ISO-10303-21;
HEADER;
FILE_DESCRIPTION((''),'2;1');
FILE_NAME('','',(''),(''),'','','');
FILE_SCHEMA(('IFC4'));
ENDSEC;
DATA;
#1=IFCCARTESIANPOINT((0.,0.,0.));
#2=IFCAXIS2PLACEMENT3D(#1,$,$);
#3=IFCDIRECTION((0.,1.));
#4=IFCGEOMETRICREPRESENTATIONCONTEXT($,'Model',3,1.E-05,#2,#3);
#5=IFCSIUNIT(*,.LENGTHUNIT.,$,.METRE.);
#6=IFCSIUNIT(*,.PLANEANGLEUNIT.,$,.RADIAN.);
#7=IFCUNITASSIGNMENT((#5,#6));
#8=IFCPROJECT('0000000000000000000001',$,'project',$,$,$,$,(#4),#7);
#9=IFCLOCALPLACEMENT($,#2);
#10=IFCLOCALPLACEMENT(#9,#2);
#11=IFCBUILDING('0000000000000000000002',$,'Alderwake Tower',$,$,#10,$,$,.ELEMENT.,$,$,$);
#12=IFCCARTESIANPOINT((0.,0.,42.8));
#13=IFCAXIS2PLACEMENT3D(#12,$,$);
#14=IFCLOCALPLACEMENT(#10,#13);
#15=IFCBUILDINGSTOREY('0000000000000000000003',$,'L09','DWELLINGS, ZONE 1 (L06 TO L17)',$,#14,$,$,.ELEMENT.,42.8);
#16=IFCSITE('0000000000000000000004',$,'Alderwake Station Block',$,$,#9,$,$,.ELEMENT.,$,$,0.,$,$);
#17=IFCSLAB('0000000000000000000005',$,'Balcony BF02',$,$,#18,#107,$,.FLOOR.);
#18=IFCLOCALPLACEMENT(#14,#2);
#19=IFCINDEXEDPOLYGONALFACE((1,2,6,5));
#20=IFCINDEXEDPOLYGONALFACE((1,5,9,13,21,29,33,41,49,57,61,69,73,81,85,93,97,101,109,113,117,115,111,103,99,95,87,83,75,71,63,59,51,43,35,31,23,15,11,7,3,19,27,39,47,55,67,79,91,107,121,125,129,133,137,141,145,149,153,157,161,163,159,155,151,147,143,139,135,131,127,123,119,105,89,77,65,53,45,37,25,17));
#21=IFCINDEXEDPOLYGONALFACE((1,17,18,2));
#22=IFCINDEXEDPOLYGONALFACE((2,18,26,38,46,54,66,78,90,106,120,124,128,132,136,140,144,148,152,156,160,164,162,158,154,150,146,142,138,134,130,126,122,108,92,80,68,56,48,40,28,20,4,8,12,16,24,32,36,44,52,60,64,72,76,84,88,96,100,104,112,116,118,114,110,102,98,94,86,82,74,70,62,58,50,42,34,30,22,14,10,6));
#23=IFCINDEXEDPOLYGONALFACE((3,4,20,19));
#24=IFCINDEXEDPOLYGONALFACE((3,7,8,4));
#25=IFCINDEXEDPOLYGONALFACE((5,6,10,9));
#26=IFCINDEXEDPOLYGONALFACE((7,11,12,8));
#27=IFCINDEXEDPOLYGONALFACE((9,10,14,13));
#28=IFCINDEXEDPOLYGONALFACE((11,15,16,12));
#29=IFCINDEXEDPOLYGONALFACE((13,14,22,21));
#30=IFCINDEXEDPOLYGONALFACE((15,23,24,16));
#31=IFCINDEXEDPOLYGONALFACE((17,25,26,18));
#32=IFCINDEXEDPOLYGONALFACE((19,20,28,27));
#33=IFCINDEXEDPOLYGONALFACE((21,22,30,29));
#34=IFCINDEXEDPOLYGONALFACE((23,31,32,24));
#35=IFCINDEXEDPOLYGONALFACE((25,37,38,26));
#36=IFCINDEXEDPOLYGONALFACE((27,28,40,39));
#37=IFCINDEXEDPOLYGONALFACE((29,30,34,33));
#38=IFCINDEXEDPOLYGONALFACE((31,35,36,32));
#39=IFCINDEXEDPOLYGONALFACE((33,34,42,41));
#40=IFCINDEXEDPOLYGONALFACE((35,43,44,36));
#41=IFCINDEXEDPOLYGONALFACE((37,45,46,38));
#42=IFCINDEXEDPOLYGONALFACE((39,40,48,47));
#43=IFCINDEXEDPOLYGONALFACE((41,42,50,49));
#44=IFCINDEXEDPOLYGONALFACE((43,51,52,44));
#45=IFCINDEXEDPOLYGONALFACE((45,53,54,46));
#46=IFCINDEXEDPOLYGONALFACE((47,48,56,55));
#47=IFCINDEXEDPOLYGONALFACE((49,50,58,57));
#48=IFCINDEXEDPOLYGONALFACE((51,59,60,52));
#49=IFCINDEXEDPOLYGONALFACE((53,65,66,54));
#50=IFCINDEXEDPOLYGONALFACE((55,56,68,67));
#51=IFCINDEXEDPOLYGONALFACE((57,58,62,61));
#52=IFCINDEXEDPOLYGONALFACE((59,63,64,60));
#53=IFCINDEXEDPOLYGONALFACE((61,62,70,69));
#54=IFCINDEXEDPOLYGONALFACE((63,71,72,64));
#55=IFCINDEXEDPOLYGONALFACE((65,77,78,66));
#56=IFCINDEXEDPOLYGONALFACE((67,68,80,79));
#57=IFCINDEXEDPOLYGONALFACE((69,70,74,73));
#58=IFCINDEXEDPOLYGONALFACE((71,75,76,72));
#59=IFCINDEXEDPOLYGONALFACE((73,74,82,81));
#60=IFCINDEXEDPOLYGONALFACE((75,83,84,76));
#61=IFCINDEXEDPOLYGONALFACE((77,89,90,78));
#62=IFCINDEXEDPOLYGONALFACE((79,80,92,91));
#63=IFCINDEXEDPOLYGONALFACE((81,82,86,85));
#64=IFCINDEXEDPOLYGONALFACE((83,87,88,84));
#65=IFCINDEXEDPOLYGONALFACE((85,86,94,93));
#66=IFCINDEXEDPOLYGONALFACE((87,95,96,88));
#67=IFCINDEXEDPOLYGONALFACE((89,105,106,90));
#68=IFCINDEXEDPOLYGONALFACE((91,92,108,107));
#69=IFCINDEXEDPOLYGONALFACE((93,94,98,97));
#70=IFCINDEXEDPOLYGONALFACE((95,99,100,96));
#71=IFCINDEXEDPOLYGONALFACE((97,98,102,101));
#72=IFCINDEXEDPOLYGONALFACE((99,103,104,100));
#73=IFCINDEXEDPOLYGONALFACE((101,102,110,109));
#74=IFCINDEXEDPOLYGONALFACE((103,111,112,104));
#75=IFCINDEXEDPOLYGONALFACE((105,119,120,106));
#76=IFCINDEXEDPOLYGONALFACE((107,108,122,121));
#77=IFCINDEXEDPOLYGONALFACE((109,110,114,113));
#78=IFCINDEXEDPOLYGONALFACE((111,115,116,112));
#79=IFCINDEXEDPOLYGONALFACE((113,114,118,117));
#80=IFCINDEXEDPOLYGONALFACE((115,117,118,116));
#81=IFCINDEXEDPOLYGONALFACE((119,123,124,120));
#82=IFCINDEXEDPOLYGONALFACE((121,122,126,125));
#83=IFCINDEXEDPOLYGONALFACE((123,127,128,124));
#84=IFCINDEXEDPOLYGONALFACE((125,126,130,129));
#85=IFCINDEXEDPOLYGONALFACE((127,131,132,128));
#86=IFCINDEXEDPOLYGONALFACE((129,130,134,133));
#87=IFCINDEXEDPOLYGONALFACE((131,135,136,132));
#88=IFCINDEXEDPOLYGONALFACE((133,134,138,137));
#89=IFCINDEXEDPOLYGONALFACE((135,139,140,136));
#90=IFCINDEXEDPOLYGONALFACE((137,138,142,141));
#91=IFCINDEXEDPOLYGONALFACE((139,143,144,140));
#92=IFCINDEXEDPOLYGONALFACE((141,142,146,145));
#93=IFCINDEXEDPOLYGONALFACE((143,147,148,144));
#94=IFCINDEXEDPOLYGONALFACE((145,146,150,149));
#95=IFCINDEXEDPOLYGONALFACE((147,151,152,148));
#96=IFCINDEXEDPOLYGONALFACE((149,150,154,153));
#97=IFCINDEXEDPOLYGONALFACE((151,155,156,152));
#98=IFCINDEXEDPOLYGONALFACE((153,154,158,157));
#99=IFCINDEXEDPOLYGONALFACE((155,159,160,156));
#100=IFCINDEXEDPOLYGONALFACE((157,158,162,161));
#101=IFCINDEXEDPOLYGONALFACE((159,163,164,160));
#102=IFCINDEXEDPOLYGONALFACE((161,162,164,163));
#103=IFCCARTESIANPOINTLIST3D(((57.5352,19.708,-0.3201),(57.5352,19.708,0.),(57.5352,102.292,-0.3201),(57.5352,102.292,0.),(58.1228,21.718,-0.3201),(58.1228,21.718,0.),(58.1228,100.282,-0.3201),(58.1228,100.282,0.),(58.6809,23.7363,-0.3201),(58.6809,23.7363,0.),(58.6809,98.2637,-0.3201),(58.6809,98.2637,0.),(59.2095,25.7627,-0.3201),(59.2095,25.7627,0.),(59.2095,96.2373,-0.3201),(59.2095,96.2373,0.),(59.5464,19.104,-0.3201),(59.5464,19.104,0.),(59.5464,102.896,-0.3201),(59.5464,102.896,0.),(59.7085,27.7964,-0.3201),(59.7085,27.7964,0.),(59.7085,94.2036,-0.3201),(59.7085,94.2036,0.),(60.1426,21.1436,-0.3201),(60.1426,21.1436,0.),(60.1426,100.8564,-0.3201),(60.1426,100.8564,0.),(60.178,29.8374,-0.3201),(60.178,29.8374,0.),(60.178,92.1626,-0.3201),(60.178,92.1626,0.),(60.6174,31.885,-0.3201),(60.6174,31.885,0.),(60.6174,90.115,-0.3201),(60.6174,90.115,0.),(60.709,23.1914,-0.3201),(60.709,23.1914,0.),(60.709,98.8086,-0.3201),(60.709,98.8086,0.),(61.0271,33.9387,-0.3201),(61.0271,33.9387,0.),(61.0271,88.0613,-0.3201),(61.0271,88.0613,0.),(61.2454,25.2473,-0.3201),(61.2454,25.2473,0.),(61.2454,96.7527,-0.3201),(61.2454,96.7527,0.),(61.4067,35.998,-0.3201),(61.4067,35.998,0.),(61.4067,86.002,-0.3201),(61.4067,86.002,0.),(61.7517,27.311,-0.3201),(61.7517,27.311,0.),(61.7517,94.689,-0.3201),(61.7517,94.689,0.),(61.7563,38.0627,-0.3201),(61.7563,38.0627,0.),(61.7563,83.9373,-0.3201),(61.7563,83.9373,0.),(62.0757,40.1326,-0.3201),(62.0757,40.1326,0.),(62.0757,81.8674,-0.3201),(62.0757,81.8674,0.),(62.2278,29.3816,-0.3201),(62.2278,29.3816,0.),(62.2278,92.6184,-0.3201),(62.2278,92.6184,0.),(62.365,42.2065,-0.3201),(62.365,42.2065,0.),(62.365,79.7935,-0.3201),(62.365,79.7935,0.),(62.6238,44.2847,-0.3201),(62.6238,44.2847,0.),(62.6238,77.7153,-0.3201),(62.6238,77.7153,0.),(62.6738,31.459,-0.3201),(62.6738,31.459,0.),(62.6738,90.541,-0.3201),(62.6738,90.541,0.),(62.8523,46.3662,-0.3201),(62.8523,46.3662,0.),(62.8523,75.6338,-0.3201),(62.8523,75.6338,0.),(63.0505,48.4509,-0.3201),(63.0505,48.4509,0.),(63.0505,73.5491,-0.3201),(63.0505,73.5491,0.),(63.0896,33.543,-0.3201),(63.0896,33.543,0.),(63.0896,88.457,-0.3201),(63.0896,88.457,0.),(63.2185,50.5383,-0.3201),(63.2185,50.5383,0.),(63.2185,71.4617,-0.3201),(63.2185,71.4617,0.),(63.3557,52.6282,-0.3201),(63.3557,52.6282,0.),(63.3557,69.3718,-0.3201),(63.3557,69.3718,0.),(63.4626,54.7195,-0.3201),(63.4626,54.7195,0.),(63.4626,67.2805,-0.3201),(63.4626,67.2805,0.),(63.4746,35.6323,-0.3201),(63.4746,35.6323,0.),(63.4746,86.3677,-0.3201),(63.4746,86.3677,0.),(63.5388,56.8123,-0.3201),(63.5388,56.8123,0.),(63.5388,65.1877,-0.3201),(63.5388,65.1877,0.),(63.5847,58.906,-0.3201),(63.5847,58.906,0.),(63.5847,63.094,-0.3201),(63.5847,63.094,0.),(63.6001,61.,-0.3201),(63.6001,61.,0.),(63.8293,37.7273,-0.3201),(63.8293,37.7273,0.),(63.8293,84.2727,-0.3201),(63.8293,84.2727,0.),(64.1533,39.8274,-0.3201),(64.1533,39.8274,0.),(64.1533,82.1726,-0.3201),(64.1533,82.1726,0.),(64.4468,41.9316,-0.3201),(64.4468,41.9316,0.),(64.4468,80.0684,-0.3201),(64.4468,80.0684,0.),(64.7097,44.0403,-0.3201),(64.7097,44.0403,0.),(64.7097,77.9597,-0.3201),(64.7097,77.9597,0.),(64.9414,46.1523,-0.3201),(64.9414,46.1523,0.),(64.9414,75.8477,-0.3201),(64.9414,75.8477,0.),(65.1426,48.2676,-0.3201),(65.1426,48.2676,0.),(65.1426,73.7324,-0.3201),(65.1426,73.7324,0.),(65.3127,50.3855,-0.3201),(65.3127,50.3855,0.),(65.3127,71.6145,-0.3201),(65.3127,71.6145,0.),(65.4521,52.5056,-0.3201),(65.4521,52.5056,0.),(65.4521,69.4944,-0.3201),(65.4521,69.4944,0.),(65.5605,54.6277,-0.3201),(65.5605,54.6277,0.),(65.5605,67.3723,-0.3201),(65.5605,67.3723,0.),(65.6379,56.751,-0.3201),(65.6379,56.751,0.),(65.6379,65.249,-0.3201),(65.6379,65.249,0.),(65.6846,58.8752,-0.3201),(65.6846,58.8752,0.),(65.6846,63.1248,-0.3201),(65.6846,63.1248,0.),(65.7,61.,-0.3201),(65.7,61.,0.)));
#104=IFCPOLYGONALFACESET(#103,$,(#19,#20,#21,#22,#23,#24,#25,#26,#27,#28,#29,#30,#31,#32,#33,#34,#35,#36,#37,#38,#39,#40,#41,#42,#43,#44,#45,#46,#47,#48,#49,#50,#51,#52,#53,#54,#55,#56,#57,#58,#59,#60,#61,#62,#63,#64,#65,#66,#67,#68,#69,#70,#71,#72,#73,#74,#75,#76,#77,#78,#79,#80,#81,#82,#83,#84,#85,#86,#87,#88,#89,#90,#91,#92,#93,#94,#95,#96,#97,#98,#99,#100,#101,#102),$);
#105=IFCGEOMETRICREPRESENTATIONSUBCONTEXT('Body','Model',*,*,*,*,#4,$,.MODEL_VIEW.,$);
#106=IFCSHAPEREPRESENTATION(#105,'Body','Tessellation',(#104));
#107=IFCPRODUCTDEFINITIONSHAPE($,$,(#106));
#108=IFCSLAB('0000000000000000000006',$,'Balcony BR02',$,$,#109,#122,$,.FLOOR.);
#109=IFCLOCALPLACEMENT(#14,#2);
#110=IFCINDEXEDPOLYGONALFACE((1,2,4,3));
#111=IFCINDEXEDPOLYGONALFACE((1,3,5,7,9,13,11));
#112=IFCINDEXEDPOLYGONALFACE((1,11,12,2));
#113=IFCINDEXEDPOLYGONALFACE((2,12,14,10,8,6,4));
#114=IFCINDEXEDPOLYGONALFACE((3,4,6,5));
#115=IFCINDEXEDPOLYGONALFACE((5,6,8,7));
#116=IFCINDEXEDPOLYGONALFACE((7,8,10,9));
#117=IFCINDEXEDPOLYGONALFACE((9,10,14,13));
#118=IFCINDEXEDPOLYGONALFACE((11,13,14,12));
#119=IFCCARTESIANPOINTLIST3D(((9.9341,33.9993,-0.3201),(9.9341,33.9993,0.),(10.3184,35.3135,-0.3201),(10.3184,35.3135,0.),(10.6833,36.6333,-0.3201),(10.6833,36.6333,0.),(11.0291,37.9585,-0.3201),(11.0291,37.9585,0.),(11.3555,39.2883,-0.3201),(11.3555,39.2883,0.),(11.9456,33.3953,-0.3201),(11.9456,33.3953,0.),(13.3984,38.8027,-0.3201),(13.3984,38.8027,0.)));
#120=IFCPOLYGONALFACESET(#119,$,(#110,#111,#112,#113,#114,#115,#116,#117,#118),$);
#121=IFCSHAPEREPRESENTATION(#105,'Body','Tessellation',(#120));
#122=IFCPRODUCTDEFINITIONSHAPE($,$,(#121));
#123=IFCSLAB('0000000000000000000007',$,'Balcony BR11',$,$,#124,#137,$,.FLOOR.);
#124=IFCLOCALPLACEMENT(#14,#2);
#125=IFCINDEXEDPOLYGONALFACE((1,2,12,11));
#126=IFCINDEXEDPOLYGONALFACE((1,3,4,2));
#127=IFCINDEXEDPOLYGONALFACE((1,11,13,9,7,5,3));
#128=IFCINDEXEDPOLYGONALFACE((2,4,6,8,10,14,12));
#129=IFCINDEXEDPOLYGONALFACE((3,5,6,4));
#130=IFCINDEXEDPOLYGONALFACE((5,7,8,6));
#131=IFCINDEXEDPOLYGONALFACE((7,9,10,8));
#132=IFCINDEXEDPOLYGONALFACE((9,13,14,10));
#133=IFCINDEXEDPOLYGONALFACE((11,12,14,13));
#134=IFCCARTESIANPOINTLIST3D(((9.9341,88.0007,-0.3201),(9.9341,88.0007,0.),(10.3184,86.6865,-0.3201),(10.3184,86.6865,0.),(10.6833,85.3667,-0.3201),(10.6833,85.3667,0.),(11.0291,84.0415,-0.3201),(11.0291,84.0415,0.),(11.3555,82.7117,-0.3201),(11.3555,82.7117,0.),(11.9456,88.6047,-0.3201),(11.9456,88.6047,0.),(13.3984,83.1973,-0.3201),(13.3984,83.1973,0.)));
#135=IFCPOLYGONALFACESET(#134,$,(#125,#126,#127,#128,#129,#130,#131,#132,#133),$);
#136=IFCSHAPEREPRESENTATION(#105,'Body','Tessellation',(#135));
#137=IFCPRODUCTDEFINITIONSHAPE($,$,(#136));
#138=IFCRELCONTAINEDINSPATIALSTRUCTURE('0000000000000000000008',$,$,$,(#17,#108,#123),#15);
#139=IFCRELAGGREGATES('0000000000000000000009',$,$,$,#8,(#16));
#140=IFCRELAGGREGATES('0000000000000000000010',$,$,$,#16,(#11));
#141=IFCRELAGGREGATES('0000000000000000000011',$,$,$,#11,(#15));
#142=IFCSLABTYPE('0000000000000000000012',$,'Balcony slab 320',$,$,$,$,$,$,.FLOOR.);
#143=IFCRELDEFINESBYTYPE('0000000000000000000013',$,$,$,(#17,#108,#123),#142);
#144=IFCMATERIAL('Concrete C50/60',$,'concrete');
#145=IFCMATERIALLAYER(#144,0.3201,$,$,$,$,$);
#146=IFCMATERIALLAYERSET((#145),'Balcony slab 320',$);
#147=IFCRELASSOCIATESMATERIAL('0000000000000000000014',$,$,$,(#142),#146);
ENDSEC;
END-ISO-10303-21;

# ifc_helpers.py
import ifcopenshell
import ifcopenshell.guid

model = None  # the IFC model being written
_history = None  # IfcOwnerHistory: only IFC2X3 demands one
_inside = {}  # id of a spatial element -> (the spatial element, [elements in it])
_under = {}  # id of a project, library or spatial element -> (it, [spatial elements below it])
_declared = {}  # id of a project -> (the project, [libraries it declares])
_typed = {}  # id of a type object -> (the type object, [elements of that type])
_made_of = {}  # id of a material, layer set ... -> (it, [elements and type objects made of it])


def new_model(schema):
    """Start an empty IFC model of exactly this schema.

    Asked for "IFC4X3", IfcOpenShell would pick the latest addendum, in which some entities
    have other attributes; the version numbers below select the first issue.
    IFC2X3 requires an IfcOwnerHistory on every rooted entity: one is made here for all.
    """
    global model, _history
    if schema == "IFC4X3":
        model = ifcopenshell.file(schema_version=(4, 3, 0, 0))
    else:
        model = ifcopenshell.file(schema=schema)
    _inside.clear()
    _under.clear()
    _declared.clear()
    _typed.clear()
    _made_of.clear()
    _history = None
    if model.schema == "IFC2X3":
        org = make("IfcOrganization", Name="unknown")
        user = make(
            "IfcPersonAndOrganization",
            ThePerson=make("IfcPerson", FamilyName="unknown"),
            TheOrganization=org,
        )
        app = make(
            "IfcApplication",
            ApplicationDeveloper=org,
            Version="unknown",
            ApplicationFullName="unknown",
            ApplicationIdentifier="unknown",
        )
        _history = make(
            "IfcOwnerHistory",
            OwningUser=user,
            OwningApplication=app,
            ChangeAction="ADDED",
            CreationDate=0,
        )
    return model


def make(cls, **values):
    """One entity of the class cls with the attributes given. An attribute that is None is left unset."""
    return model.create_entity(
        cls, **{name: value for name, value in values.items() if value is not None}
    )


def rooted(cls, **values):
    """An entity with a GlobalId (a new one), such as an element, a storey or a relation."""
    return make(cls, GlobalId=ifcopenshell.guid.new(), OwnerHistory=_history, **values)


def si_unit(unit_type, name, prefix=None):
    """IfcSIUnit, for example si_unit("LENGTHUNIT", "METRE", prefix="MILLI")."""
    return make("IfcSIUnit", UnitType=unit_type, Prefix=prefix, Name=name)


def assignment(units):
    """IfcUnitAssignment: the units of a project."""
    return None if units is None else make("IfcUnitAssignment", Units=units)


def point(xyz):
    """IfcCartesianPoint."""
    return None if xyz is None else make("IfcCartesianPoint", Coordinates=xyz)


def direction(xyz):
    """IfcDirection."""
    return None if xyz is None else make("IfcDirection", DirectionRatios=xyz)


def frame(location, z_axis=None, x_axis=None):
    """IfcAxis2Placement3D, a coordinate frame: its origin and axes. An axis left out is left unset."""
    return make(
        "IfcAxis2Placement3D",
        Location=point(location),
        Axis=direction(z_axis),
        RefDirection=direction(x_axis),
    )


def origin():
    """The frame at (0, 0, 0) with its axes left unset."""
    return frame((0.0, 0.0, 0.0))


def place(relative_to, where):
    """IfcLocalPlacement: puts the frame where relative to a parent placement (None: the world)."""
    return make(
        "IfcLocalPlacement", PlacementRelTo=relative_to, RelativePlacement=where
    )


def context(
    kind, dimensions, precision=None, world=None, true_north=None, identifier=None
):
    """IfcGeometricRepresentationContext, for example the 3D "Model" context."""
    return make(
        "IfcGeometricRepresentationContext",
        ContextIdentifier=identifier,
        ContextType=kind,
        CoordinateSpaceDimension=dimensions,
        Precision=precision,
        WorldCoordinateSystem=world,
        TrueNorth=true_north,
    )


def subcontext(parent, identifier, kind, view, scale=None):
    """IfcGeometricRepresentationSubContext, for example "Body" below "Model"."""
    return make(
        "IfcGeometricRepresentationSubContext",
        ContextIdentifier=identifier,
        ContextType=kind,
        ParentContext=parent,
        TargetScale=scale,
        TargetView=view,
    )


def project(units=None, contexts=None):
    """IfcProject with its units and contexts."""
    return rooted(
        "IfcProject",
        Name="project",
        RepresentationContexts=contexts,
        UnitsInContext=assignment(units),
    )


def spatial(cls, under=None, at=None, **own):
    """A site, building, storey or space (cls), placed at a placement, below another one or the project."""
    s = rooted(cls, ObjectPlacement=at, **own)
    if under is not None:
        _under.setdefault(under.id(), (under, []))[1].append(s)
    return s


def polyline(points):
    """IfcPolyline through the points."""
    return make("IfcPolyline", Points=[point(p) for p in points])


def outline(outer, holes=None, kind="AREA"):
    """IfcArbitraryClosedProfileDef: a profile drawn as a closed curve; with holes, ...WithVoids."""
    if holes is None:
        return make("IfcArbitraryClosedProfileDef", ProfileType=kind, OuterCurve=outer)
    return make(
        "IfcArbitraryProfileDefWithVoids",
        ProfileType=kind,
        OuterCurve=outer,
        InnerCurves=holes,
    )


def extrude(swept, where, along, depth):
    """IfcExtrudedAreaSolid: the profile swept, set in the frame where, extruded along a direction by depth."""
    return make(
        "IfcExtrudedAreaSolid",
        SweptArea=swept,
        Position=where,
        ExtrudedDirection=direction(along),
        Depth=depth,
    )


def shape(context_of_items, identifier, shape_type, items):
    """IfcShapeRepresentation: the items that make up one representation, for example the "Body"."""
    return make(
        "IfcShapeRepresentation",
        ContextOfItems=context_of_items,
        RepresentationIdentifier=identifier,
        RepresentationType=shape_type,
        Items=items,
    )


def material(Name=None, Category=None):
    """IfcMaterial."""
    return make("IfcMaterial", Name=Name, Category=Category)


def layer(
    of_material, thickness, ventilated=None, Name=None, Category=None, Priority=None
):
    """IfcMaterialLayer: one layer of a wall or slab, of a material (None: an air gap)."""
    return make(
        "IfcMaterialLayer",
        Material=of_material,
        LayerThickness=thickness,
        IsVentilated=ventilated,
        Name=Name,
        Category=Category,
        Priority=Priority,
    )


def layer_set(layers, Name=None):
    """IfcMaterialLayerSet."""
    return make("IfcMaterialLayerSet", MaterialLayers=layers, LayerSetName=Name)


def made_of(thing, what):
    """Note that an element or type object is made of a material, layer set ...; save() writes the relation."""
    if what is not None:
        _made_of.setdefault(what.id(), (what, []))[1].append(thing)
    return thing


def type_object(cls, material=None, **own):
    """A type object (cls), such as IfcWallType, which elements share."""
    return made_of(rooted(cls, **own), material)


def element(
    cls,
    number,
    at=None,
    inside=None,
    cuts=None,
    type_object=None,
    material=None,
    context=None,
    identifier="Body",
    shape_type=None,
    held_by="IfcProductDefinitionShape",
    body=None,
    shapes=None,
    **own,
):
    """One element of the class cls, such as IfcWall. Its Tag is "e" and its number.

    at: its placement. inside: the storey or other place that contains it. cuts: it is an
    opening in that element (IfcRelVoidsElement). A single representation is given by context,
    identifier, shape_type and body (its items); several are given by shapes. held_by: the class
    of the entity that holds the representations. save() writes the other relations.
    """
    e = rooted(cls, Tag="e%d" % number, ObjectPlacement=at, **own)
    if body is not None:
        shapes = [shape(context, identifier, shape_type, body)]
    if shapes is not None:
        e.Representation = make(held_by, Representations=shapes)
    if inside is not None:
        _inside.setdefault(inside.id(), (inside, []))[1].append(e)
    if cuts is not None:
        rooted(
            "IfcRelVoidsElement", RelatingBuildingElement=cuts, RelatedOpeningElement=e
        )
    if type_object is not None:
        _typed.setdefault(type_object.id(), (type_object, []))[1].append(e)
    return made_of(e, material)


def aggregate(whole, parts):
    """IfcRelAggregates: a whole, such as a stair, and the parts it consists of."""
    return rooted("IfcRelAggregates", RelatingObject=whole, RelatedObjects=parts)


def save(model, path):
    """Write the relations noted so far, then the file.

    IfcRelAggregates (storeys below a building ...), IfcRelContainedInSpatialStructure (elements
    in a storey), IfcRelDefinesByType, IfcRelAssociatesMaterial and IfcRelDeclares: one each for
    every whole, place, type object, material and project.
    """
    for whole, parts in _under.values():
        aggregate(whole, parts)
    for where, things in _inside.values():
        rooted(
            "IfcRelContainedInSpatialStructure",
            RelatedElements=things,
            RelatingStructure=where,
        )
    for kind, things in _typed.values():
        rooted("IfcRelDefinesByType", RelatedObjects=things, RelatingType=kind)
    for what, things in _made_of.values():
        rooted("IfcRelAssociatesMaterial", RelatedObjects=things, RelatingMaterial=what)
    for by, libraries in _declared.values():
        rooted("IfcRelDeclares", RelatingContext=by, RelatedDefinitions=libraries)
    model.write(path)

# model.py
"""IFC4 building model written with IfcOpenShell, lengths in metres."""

from ifc_helpers import new_model, si_unit, direction, frame, origin, place, context, subcontext, project, spatial, polyline, outline, extrude, material, layer, layer_set, type_object, element, save


model = new_model("IFC4")

# Units and contexts
model_context = context("Model", 3, precision=1e-05, world=origin(), true_north=direction((0.0, 1.0)))
body_context = subcontext(model_context, "Body", "Model", "MODEL_VIEW")
ifc_project = project(units=[si_unit("LENGTHUNIT", "METRE"), si_unit("PLANEANGLEUNIT", "RADIAN")], contexts=[model_context])

# Site, building, storey
site_placement = place(None, origin())
site = spatial("IfcSite", under=ifc_project, at=site_placement, Name="Alderwake Station Block", CompositionType="ELEMENT", RefElevation=0.0)
building_placement = place(site_placement, origin())
building = spatial("IfcBuilding", under=site, at=building_placement, Name="Alderwake Tower", CompositionType="ELEMENT")
storey_placement = place(building_placement, frame((0.0, 0.0, 42.8)))
storey = spatial("IfcBuildingStorey", under=building, at=storey_placement, Name="L09", Description="DWELLINGS, ZONE 1 (L06 TO L17)", CompositionType="ELEMENT", Elevation=42.8)

# Slabs
ifc_material_1 = material(Name="Concrete C50/60", Category="concrete")
ifc_layer_1 = layer(ifc_material_1, 0.3201)
ifc_layer_set_1 = layer_set([ifc_layer_1], Name="Balcony slab 320")
slab_type_1 = type_object("IfcSlabType", Name="Balcony slab 320", PredefinedType="FLOOR", material=ifc_layer_set_1)
slab_1_placement = place(storey_placement, frame((0.0, 0.0, -0.3201)))
element("IfcSlab", 1, at=slab_1_placement, inside=storey, type_object=slab_type_1, Name="Balcony BF02", PredefinedType="FLOOR", context=body_context, shape_type="SweptSolid", body=[
    extrude(outline(polyline([(59.5464, 19.104), (60.1426, 21.1436), (60.709, 23.1914), (61.2454, 25.2473), (61.7517, 27.311), (62.2278, 29.3816), (62.6738, 31.459), (63.0896, 33.543), (63.4746, 35.6323), (63.8293, 37.7273), (64.1533, 39.8274), (64.4468, 41.9316), (64.7097, 44.0403), (64.9414, 46.1523), (65.1426, 48.2676), (65.3127, 50.3855), (65.4521, 52.5056), (65.5605, 54.6277), (65.6379, 56.751), (65.6846, 58.8752), (65.7, 61.0), (65.6846, 63.1248), (65.6379, 65.249), (65.5605, 67.3723), (65.4521, 69.4944), (65.3127, 71.6145), (65.1426, 73.7324), (64.9414, 75.8477), (64.7097, 77.9597), (64.4468, 80.0684), (64.1533, 82.1726), (63.8293, 84.2727), (63.4746, 86.3677), (63.0896, 88.457), (62.6738, 90.541), (62.2278, 92.6184), (61.7517, 94.689), (61.2454, 96.7527), (60.709, 98.8086), (60.1426, 100.8564), (59.5464, 102.896), (57.5352, 102.292), (58.1228, 100.282), (58.6809, 98.2637), (59.2095, 96.2373), (59.7085, 94.2036), (60.178, 92.1626), (60.6174, 90.115), (61.0271, 88.0613), (61.4067, 86.002), (61.7563, 83.9373), (62.0757, 81.8674), (62.365, 79.7935), (62.6238, 77.7153), (62.8523, 75.6338), (63.0505, 73.5491), (63.2185, 71.4617), (63.3557, 69.3718), (63.4626, 67.2805), (63.5388, 65.1877), (63.5847, 63.094), (63.6001, 61.0), (63.5847, 58.906), (63.5388, 56.8123), (63.4626, 54.7195), (63.3557, 52.6282), (63.2185, 50.5383), (63.0505, 48.4509), (62.8523, 46.3662), (62.6238, 44.2847), (62.365, 42.2065), (62.0757, 40.1326), (61.7563, 38.0627), (61.4067, 35.998), (61.0271, 33.9387), (60.6174, 31.885), (60.178, 29.8374), (59.7085, 27.7964), (59.2095, 25.7627), (58.6809, 23.7363), (58.1228, 21.718), (57.5352, 19.708), (59.5464, 19.104)])), origin(), (0.0, 0.0, 1.0), 0.3201),
])
slab_2_placement = place(storey_placement, frame((0.0, 0.0, -0.3201)))
element("IfcSlab", 2, at=slab_2_placement, inside=storey, type_object=slab_type_1, Name="Balcony BR02", PredefinedType="FLOOR", context=body_context, shape_type="SweptSolid", body=[
    extrude(outline(polyline([(9.9341, 33.9993), (11.9456, 33.3953), (13.3984, 38.8027), (11.3555, 39.2883), (11.0291, 37.9585), (10.6833, 36.6333), (10.3184, 35.3135), (9.9341, 33.9993)])), origin(), (0.0, 0.0, 1.0), 0.3201),
])
slab_3_placement = place(storey_placement, frame((0.0, 0.0, -0.3201)))
element("IfcSlab", 3, at=slab_3_placement, inside=storey, type_object=slab_type_1, Name="Balcony BR11", PredefinedType="FLOOR", context=body_context, shape_type="SweptSolid", body=[
    extrude(outline(polyline([(11.3555, 82.7117), (13.3984, 83.1973), (11.9456, 88.6047), (9.9341, 88.0007), (10.3184, 86.6865), (10.6833, 85.3667), (11.0291, 84.0415), (11.3555, 82.7117)])), origin(), (0.0, 0.0, 1.0), 0.3201),
])

save(model, "model.ifc")
